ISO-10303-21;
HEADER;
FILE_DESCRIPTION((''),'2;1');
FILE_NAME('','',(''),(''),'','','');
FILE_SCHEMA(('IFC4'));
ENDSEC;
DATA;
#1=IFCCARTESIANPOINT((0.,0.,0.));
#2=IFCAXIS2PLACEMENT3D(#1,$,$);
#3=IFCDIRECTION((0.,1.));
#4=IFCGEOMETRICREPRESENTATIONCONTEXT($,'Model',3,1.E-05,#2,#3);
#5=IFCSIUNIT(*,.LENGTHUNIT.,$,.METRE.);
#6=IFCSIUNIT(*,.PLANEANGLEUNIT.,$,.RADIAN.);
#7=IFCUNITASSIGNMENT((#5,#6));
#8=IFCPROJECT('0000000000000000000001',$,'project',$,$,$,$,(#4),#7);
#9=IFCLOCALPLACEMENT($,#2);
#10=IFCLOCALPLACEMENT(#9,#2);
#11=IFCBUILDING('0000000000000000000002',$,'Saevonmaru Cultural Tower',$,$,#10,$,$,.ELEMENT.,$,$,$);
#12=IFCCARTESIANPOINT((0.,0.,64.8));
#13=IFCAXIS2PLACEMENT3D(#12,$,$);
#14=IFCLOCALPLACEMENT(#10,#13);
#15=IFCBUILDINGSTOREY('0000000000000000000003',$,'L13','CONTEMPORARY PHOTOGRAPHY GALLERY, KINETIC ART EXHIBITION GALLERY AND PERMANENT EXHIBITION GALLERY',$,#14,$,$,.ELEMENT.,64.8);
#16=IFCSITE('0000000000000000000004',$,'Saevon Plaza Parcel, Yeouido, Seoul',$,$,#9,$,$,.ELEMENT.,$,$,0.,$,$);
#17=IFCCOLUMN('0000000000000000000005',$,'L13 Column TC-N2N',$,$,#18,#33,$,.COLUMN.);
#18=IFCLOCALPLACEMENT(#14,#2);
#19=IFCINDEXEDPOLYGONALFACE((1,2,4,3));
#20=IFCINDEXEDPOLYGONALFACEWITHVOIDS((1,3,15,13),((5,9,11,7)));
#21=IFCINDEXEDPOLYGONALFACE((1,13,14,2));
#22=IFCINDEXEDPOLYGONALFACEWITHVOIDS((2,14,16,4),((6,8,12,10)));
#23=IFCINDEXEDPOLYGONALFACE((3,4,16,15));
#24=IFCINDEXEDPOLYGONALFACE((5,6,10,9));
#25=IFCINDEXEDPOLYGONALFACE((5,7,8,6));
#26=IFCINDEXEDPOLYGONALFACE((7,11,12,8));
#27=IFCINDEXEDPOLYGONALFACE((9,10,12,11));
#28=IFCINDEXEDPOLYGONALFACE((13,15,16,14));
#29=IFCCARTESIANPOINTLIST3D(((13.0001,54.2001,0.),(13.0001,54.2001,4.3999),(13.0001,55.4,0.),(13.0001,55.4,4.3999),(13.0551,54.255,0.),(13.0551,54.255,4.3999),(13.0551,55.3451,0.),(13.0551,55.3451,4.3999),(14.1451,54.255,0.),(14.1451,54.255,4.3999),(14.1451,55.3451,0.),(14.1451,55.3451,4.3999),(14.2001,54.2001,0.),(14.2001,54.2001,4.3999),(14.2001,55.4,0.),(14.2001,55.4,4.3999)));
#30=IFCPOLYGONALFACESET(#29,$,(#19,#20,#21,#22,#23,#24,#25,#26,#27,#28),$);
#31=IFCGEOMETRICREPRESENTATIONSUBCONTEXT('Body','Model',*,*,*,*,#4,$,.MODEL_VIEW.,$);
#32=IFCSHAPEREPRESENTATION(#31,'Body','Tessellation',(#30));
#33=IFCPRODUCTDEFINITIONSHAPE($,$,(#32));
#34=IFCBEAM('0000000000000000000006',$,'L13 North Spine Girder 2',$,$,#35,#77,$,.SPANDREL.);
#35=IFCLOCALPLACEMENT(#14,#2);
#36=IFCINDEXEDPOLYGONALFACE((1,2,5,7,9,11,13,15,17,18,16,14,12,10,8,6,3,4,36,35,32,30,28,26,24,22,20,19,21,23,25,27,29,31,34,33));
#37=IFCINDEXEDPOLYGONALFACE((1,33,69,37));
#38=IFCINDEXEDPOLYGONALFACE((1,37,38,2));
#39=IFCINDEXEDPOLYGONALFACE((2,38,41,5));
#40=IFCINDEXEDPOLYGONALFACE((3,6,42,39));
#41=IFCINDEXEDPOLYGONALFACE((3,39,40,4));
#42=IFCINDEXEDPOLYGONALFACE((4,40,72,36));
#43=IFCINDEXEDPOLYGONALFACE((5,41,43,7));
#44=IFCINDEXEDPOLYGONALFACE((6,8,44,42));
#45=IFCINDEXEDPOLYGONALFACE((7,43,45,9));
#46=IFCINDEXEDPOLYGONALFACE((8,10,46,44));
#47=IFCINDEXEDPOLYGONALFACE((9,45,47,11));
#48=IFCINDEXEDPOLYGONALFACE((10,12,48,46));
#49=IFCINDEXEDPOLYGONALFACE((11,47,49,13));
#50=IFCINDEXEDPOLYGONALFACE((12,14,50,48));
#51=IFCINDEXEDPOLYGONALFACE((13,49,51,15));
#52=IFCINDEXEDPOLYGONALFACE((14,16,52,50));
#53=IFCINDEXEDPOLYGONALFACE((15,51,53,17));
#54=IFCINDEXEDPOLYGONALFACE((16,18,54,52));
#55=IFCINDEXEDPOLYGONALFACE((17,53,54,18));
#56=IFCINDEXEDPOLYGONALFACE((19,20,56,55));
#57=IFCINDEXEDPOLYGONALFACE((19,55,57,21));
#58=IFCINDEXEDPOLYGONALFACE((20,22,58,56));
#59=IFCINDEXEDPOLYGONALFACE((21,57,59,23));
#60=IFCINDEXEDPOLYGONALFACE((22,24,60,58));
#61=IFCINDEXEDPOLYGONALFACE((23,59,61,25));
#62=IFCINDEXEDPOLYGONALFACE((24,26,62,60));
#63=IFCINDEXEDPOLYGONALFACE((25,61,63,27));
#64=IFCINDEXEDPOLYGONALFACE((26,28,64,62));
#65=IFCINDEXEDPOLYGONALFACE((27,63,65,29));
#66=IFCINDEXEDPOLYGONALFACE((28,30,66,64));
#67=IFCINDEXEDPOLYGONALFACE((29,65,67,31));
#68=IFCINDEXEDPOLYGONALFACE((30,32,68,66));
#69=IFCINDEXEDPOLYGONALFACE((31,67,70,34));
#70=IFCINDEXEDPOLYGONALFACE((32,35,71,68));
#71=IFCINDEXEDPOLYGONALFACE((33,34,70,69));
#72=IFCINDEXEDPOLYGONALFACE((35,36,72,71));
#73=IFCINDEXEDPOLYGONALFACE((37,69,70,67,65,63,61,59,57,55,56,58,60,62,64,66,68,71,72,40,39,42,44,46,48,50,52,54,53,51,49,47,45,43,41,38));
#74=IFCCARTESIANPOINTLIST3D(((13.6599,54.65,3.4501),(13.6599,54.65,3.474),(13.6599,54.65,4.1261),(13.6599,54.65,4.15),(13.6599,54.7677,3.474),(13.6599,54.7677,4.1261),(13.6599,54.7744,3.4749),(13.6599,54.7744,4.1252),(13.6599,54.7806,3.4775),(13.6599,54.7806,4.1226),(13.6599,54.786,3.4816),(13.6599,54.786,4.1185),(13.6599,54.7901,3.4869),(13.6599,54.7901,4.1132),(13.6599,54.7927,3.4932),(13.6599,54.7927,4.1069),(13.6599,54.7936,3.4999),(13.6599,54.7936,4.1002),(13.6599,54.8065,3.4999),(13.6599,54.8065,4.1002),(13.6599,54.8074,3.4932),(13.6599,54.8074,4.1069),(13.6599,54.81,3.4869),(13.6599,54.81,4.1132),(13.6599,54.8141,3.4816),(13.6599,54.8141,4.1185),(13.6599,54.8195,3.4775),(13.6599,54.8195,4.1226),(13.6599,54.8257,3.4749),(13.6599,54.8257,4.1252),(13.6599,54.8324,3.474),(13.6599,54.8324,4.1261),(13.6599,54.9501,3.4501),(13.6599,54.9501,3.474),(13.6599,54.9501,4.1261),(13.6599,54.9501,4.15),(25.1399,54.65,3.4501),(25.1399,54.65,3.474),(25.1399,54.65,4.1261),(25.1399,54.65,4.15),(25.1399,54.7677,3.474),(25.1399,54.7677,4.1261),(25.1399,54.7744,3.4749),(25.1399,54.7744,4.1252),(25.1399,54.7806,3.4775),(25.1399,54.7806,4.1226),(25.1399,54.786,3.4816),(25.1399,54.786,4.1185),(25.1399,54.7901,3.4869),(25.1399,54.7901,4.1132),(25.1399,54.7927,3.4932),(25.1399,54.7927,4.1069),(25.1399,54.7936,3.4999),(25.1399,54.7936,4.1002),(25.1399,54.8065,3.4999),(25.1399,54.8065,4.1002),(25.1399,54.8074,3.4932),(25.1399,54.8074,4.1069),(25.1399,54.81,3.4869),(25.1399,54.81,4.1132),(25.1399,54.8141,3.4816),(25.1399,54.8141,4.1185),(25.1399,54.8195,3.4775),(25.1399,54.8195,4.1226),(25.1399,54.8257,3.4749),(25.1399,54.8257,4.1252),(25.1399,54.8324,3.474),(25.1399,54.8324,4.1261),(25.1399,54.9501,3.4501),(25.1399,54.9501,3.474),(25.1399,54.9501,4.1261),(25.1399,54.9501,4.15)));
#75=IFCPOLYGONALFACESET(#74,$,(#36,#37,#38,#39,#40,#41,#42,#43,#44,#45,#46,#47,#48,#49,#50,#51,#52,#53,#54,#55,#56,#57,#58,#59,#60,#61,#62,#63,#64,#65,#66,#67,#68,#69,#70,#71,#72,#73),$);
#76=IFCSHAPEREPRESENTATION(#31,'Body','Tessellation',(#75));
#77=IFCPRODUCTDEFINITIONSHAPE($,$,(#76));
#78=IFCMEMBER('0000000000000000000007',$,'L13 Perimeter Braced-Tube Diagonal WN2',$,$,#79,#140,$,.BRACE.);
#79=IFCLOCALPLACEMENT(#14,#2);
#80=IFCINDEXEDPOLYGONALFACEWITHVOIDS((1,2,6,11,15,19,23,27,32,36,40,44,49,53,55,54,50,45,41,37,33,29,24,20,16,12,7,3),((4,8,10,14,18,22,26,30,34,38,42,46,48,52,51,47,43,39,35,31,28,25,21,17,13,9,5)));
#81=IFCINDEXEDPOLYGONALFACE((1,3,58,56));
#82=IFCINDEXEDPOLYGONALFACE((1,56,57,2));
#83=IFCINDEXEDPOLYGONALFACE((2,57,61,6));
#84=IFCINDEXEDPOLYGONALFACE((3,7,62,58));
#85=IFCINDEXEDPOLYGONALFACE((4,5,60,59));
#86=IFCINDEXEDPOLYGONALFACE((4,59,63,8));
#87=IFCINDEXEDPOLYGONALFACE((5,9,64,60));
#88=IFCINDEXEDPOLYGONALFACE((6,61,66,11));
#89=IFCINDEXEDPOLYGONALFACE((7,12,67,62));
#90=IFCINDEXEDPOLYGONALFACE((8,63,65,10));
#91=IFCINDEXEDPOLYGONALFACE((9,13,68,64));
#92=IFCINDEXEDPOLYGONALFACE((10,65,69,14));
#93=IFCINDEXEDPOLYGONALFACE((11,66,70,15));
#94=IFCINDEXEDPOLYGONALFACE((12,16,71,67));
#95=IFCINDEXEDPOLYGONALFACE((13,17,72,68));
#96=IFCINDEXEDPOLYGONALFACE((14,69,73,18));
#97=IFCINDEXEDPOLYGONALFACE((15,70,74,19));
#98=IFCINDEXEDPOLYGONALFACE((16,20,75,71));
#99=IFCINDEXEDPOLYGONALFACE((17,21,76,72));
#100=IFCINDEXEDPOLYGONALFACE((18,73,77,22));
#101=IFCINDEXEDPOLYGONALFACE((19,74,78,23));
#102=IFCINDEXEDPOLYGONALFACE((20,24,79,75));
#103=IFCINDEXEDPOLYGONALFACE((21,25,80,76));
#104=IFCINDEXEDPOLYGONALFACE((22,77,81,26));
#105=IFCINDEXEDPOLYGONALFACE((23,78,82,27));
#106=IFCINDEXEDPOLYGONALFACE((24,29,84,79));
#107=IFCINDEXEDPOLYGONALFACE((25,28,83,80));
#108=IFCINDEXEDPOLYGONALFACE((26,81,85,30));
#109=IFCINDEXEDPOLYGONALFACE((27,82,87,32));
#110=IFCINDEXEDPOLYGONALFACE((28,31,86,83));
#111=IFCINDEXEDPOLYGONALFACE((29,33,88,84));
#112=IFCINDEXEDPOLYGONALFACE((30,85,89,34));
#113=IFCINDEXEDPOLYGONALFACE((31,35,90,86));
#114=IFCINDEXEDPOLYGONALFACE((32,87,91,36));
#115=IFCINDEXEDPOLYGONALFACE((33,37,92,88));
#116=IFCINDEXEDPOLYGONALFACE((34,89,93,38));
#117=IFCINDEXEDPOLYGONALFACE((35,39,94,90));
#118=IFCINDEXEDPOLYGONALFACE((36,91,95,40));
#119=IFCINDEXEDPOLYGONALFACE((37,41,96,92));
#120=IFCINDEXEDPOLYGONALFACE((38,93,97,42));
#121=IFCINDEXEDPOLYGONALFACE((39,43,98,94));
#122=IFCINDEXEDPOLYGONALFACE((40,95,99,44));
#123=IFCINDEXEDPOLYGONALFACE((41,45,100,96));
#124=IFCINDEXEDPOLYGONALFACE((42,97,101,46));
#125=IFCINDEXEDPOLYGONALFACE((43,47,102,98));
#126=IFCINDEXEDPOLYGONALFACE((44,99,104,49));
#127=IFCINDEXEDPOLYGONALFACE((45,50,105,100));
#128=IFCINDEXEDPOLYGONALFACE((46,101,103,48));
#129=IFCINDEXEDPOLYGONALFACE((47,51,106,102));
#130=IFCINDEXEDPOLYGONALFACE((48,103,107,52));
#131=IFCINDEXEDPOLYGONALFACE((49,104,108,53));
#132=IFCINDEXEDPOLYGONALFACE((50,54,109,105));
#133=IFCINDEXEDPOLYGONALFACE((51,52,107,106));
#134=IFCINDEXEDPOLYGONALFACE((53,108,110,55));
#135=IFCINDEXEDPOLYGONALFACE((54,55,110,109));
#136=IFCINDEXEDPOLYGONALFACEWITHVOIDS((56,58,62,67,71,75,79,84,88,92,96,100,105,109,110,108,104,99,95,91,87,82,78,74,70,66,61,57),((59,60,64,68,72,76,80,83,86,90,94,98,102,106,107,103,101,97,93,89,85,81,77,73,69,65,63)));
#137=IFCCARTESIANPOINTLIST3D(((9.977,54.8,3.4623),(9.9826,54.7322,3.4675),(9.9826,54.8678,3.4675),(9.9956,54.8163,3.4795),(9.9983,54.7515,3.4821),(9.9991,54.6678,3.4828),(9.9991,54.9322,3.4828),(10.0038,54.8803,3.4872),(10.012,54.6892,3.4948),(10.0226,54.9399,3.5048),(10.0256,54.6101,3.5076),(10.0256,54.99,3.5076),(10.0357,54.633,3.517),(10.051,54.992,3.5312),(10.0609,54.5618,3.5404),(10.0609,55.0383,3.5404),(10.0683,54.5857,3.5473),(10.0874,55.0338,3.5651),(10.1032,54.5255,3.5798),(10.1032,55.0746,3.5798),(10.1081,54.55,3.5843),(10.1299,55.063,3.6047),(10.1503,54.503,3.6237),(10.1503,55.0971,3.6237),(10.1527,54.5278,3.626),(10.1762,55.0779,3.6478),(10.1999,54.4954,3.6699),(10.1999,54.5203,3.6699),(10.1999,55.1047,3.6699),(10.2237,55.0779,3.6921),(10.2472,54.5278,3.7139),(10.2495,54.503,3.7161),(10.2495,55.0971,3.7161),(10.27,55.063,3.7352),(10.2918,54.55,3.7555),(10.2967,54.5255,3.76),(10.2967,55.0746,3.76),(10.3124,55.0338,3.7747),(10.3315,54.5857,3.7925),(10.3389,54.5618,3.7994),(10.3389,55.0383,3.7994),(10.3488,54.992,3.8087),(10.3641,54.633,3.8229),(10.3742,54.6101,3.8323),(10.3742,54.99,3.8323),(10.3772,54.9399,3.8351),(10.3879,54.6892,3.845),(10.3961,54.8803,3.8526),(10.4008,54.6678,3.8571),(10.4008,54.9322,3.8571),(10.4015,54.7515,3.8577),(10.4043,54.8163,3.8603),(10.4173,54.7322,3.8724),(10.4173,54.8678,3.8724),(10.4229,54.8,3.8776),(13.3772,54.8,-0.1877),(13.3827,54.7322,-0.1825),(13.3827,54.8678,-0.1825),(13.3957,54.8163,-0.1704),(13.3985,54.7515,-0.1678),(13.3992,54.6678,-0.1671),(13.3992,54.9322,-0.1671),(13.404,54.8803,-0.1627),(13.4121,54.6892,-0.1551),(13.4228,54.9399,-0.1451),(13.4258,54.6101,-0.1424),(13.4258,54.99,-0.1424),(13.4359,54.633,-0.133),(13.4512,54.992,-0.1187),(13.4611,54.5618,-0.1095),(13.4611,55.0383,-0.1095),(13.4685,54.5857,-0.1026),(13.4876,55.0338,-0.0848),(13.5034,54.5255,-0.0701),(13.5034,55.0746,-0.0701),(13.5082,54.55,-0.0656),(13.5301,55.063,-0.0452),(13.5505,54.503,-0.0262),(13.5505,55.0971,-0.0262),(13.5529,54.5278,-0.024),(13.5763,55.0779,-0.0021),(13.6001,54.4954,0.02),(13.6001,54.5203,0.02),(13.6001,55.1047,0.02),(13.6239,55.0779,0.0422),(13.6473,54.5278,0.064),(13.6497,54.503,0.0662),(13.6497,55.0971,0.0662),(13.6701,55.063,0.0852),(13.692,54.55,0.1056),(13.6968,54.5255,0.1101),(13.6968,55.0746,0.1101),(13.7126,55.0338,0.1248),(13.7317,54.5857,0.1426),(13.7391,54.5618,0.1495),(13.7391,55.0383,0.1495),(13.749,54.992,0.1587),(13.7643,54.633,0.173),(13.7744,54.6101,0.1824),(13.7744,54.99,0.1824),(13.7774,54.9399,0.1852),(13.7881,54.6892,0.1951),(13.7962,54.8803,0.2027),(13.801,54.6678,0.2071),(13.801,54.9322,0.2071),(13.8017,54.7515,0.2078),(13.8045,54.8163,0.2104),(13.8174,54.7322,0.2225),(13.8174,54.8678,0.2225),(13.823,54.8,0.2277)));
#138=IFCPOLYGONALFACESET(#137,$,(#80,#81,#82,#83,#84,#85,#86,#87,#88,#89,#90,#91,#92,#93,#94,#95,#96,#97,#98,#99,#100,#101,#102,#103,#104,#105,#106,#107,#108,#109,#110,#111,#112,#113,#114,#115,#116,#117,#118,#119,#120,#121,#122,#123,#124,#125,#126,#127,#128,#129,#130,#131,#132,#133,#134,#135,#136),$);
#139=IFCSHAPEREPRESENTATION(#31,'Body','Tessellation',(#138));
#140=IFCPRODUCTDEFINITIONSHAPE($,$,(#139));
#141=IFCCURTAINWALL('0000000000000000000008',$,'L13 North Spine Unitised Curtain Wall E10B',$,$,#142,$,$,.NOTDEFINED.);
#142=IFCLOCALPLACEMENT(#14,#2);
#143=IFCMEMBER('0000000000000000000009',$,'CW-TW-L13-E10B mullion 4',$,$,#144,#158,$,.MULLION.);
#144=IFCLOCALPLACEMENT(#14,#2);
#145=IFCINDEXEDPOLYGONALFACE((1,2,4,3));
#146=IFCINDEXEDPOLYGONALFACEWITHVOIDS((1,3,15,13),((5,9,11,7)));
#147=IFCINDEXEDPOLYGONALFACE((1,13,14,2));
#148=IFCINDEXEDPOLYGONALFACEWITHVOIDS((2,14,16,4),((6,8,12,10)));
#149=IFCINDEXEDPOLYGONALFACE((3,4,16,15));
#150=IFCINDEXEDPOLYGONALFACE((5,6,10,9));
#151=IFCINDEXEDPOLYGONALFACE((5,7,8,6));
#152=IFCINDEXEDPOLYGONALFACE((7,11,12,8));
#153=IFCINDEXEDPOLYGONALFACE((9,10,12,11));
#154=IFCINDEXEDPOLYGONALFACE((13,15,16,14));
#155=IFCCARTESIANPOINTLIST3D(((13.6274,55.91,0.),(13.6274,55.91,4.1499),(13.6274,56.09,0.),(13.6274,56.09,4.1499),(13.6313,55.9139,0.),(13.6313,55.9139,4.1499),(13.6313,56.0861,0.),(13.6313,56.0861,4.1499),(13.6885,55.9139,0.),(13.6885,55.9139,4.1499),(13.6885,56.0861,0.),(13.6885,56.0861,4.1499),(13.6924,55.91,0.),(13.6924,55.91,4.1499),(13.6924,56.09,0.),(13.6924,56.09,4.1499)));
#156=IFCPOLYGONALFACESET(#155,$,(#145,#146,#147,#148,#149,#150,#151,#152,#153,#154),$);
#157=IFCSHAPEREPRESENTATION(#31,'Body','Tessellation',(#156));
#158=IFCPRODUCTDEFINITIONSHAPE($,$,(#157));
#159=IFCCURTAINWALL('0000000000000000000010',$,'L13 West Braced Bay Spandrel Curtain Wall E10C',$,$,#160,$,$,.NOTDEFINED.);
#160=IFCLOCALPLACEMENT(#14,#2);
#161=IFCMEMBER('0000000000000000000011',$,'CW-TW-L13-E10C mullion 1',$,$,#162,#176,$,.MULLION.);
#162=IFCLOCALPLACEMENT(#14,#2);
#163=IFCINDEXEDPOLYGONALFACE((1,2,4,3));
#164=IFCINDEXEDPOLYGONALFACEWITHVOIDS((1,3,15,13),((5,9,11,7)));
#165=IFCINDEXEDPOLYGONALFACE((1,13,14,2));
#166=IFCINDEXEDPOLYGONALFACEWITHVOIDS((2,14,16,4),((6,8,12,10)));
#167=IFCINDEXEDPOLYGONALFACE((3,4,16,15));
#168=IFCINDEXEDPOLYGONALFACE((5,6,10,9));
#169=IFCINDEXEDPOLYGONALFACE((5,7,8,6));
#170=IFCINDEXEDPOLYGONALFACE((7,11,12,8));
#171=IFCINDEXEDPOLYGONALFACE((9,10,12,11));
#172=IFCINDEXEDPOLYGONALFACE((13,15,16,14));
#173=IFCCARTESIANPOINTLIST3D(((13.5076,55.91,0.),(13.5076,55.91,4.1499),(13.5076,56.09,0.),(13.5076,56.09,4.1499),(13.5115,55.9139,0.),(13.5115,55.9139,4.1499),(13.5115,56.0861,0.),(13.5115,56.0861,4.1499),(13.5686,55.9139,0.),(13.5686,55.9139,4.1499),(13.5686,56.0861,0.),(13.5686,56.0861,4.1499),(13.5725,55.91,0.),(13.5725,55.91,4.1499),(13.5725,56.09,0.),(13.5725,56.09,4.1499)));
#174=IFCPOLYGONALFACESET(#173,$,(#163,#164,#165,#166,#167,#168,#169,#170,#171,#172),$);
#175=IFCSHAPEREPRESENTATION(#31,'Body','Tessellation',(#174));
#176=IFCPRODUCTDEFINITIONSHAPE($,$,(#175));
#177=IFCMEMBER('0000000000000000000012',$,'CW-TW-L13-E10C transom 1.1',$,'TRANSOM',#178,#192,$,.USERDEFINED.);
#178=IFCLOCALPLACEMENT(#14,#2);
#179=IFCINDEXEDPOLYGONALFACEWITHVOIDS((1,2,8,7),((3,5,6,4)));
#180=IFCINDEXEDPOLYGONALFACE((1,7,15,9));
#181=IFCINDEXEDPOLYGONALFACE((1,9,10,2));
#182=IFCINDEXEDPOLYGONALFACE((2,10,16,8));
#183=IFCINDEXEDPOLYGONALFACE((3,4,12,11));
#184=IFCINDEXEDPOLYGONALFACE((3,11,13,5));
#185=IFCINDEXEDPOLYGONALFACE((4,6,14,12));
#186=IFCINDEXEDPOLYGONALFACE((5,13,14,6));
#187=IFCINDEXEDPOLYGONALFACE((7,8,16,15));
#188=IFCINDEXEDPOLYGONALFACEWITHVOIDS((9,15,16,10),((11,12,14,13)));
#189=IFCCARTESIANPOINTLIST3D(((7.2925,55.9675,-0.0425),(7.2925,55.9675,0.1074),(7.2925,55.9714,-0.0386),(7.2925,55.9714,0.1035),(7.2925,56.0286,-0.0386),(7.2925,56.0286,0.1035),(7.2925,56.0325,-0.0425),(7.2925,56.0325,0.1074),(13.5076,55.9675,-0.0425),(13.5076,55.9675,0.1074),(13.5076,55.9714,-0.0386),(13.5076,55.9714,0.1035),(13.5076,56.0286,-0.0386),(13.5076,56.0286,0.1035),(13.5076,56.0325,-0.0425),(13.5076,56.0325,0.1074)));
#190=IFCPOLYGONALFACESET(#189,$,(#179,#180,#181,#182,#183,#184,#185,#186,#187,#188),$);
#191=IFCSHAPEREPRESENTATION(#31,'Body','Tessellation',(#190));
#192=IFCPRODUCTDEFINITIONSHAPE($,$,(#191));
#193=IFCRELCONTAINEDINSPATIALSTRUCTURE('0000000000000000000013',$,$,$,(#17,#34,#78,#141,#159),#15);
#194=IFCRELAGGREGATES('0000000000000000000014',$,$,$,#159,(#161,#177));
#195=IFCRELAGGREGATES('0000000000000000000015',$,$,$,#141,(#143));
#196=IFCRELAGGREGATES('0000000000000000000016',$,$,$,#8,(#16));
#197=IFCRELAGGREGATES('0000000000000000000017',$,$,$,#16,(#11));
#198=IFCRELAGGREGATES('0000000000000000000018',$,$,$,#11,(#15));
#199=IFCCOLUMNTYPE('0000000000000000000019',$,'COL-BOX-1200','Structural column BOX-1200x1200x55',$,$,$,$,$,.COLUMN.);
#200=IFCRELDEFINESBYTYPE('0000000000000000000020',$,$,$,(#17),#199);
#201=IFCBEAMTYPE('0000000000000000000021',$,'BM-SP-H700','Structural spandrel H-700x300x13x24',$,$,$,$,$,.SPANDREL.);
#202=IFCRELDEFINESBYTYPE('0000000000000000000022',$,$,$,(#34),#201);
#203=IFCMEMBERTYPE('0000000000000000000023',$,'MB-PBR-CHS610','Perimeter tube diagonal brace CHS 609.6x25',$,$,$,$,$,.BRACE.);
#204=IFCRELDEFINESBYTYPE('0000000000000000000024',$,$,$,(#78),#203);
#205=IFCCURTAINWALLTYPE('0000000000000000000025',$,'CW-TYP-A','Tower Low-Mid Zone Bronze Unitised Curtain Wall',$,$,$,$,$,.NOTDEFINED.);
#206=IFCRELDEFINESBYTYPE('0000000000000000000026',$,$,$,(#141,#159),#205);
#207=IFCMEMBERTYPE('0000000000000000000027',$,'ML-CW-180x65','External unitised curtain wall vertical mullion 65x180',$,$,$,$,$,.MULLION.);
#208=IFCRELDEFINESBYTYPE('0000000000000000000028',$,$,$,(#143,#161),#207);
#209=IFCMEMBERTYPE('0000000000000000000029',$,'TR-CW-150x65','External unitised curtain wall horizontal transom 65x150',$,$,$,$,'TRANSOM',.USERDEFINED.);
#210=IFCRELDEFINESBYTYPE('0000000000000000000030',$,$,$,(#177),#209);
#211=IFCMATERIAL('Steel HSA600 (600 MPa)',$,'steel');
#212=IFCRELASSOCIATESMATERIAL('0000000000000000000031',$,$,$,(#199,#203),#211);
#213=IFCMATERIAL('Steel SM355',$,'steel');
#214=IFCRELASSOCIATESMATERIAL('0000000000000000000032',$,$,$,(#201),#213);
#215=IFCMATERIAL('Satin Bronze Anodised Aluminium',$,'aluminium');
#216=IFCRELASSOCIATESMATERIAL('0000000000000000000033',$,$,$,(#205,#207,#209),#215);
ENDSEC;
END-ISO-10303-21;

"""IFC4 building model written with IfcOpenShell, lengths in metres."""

from ifc_helpers import new_model, si_unit, direction, frame, origin, origin_2d, place, context, subcontext, project, spatial, hollow_rectangle, hollow_circle, i_section, extrude, material, material_profile, profile_set, type_object, element, aggregate, save


model = new_model("IFC4")

# Units and contexts
model_context = context("Model", 3, precision=1e-05, world=origin(), true_north=direction((0.0, 1.0)))
body_context = subcontext(model_context, "Body", "Model", "MODEL_VIEW")
ifc_project = project(units=[si_unit("LENGTHUNIT", "METRE"), si_unit("PLANEANGLEUNIT", "RADIAN")], contexts=[model_context])

# Site, building, storey
site_placement = place(None, origin())
site = spatial("IfcSite", under=ifc_project, at=site_placement, Name="Saevon Plaza Parcel, Yeouido, Seoul", CompositionType="ELEMENT", RefElevation=0.0)
building_placement = place(site_placement, origin())
building = spatial("IfcBuilding", under=site, at=building_placement, Name="Saevonmaru Cultural Tower", CompositionType="ELEMENT")
storey_placement = place(building_placement, frame((0.0, 0.0, 64.8)))
storey = spatial("IfcBuildingStorey", under=building, at=storey_placement, Name="L13", Description="CONTEMPORARY PHOTOGRAPHY GALLERY, KINETIC ART EXHIBITION GALLERY AND PERMANENT EXHIBITION GALLERY", CompositionType="ELEMENT", Elevation=64.8)

# Column
ifc_material_1 = material(Name="Steel HSA600 (600 MPa)", Category="steel")
ifc_material_profile_1 = material_profile(ifc_material_1, hollow_rectangle(XDim=1.2, YDim=1.2, WallThickness=0.0549, at=origin_2d()), Name="BOX-1200x1200x55")
ifc_profile_set_1 = profile_set([ifc_material_profile_1], Name="Steel HSA600 (600 MPa)")
column_type = type_object("IfcColumnType", Name="COL-BOX-1200", Description="Structural column BOX-1200x1200x55", PredefinedType="COLUMN", material=ifc_profile_set_1)
column_placement = place(storey_placement, frame((13.6001, 54.8, 0.0), z_axis=(0.0, 0.0, 1.0), x_axis=(1.0, 0.0, 0.0)))
element("IfcColumn", 1, at=column_placement, inside=storey, type_object=column_type, Name="L13 Column TC-N2N", PredefinedType="COLUMN", context=body_context, shape_type="SweptSolid", body=[
    extrude(hollow_rectangle(XDim=1.2, YDim=1.2, WallThickness=0.0549, at=origin_2d()), origin(), (0.0, 0.0, 1.0), 4.3999),
])

# Beam
ifc_material_2 = material(Name="Steel SM355", Category="steel")
ifc_material_profile_2 = material_profile(ifc_material_2, i_section(OverallWidth=0.3, OverallDepth=0.7, WebThickness=0.0129, FlangeThickness=0.0239, FilletRadius=0.0259, at=origin_2d()), Name="H-700x300x13x24")
ifc_profile_set_2 = profile_set([ifc_material_profile_2], Name="Steel SM355")
beam_type = type_object("IfcBeamType", Name="BM-SP-H700", Description="Structural spandrel H-700x300x13x24", PredefinedType="SPANDREL", material=ifc_profile_set_2)
beam_placement = place(storey_placement, frame((13.6599, 54.8, 3.8), z_axis=(1.0, 0.0, 0.0), x_axis=(0.0, 1.0, 0.0)))
element("IfcBeam", 2, at=beam_placement, inside=storey, type_object=beam_type, Name="L13 North Spine Girder 2", PredefinedType="SPANDREL", context=body_context, shape_type="SweptSolid", body=[
    extrude(i_section(OverallWidth=0.3, OverallDepth=0.7, WebThickness=0.0129, FlangeThickness=0.0239, FilletRadius=0.0259, at=origin_2d()), origin(), (0.0, 0.0, 1.0), 11.48),
])

# Member
ifc_material_profile_3 = material_profile(ifc_material_1, hollow_circle(Radius=0.3047, WallThickness=0.0249, at=origin_2d()), Name="CHS-609.6x25")
ifc_profile_set_3 = profile_set([ifc_material_profile_3], Name="Steel HSA600 (600 MPa)")
member_type_1 = type_object("IfcMemberType", Name="MB-PBR-CHS610", Description="Perimeter tube diagonal brace CHS 609.6x25", PredefinedType="BRACE", material=ifc_profile_set_3)
member_1_placement = place(storey_placement, frame((13.6001, 54.8, 0.02), z_axis=(-0.681629, 0.0, 0.731698), x_axis=(0.0, -1.0, 0.0)))
element("IfcMember", 3, at=member_1_placement, inside=storey, type_object=member_type_1, Name="L13 Perimeter Braced-Tube Diagonal WN2", PredefinedType="BRACE", context=body_context, shape_type="SweptSolid", body=[
    extrude(hollow_circle(Radius=0.3047, WallThickness=0.0249, at=origin_2d()), origin(), (0.0, 0.0, 1.0), 4.9883),
])

# Curtain wall, member
ifc_material_3 = material(Name="Satin Bronze Anodised Aluminium", Category="aluminium")
curtain_wall_type = type_object("IfcCurtainWallType", Name="CW-TYP-A", Description="Tower Low-Mid Zone Bronze Unitised Curtain Wall", PredefinedType="NOTDEFINED", material=ifc_material_3)
curtain_wall_1_placement = place(storey_placement, origin())
curtain_wall_1 = element("IfcCurtainWall", 4, at=curtain_wall_1_placement, inside=storey, type_object=curtain_wall_type, Name="L13 North Spine Unitised Curtain Wall E10B", PredefinedType="NOTDEFINED")
ifc_material_profile_4 = material_profile(ifc_material_3, hollow_rectangle(XDim=0.0649, YDim=0.1799, WallThickness=0.0039, at=origin_2d()), Name="ALU-MULL-180x65x4")
ifc_profile_set_4 = profile_set([ifc_material_profile_4], Name="Satin Bronze Anodised Aluminium")
member_type_2 = type_object("IfcMemberType", Name="ML-CW-180x65", Description="External unitised curtain wall vertical mullion 65x180", PredefinedType="MULLION", material=ifc_profile_set_4)
member_2_placement = place(storey_placement, frame((13.6599, 56.0, 0.0), z_axis=(0.0, 0.0, 1.0), x_axis=(-1.0, 0.0, 0.0)))
member_2 = element("IfcMember", 5, at=member_2_placement, type_object=member_type_2, Name="CW-TW-L13-E10B mullion 4", PredefinedType="MULLION", context=body_context, shape_type="SweptSolid", body=[
    extrude(hollow_rectangle(XDim=0.0649, YDim=0.1799, WallThickness=0.0039, at=origin_2d()), origin(), (0.0, 0.0, 1.0), 4.1499),
])

# Curtain wall, members
curtain_wall_2_placement = place(storey_placement, origin())
curtain_wall_2 = element("IfcCurtainWall", 6, at=curtain_wall_2_placement, inside=storey, type_object=curtain_wall_type, Name="L13 West Braced Bay Spandrel Curtain Wall E10C", PredefinedType="NOTDEFINED")
member_3_placement = place(storey_placement, frame((13.54, 56.0, 0.0), z_axis=(0.0, 0.0, 1.0), x_axis=(-1.0, 0.0, 0.0)))
member_3 = element("IfcMember", 7, at=member_3_placement, type_object=member_type_2, Name="CW-TW-L13-E10C mullion 1", PredefinedType="MULLION", context=body_context, shape_type="SweptSolid", body=[
    extrude(hollow_rectangle(XDim=0.0649, YDim=0.1799, WallThickness=0.0039, at=origin_2d()), origin(), (0.0, 0.0, 1.0), 4.1499),
])
ifc_material_profile_5 = material_profile(ifc_material_3, hollow_rectangle(XDim=0.0649, YDim=0.1499, WallThickness=0.0039, at=origin_2d()), Name="ALU-TRAN-150x65x4")
ifc_profile_set_5 = profile_set([ifc_material_profile_5], Name="Satin Bronze Anodised Aluminium")
member_type_3 = type_object("IfcMemberType", Name="TR-CW-150x65", Description="External unitised curtain wall horizontal transom 65x150", ElementType="TRANSOM", PredefinedType="USERDEFINED", material=ifc_profile_set_5)
member_4_placement = place(storey_placement, frame((13.5076, 56.0, 0.0325), z_axis=(-1.0, 0.0, 0.0), x_axis=(0.0, -1.0, 0.0)))
member_4 = element("IfcMember", 8, at=member_4_placement, type_object=member_type_3, Name="CW-TW-L13-E10C transom 1.1", ObjectType="TRANSOM", PredefinedType="USERDEFINED", context=body_context, shape_type="SweptSolid", body=[
    extrude(hollow_rectangle(XDim=0.0649, YDim=0.1499, WallThickness=0.0039, at=origin_2d()), origin(), (0.0, 0.0, 1.0), 6.2151),
])
aggregate(curtain_wall_2, [member_3, member_4])

aggregate(curtain_wall_1, [member_2])

save(model, "model.ifc")
